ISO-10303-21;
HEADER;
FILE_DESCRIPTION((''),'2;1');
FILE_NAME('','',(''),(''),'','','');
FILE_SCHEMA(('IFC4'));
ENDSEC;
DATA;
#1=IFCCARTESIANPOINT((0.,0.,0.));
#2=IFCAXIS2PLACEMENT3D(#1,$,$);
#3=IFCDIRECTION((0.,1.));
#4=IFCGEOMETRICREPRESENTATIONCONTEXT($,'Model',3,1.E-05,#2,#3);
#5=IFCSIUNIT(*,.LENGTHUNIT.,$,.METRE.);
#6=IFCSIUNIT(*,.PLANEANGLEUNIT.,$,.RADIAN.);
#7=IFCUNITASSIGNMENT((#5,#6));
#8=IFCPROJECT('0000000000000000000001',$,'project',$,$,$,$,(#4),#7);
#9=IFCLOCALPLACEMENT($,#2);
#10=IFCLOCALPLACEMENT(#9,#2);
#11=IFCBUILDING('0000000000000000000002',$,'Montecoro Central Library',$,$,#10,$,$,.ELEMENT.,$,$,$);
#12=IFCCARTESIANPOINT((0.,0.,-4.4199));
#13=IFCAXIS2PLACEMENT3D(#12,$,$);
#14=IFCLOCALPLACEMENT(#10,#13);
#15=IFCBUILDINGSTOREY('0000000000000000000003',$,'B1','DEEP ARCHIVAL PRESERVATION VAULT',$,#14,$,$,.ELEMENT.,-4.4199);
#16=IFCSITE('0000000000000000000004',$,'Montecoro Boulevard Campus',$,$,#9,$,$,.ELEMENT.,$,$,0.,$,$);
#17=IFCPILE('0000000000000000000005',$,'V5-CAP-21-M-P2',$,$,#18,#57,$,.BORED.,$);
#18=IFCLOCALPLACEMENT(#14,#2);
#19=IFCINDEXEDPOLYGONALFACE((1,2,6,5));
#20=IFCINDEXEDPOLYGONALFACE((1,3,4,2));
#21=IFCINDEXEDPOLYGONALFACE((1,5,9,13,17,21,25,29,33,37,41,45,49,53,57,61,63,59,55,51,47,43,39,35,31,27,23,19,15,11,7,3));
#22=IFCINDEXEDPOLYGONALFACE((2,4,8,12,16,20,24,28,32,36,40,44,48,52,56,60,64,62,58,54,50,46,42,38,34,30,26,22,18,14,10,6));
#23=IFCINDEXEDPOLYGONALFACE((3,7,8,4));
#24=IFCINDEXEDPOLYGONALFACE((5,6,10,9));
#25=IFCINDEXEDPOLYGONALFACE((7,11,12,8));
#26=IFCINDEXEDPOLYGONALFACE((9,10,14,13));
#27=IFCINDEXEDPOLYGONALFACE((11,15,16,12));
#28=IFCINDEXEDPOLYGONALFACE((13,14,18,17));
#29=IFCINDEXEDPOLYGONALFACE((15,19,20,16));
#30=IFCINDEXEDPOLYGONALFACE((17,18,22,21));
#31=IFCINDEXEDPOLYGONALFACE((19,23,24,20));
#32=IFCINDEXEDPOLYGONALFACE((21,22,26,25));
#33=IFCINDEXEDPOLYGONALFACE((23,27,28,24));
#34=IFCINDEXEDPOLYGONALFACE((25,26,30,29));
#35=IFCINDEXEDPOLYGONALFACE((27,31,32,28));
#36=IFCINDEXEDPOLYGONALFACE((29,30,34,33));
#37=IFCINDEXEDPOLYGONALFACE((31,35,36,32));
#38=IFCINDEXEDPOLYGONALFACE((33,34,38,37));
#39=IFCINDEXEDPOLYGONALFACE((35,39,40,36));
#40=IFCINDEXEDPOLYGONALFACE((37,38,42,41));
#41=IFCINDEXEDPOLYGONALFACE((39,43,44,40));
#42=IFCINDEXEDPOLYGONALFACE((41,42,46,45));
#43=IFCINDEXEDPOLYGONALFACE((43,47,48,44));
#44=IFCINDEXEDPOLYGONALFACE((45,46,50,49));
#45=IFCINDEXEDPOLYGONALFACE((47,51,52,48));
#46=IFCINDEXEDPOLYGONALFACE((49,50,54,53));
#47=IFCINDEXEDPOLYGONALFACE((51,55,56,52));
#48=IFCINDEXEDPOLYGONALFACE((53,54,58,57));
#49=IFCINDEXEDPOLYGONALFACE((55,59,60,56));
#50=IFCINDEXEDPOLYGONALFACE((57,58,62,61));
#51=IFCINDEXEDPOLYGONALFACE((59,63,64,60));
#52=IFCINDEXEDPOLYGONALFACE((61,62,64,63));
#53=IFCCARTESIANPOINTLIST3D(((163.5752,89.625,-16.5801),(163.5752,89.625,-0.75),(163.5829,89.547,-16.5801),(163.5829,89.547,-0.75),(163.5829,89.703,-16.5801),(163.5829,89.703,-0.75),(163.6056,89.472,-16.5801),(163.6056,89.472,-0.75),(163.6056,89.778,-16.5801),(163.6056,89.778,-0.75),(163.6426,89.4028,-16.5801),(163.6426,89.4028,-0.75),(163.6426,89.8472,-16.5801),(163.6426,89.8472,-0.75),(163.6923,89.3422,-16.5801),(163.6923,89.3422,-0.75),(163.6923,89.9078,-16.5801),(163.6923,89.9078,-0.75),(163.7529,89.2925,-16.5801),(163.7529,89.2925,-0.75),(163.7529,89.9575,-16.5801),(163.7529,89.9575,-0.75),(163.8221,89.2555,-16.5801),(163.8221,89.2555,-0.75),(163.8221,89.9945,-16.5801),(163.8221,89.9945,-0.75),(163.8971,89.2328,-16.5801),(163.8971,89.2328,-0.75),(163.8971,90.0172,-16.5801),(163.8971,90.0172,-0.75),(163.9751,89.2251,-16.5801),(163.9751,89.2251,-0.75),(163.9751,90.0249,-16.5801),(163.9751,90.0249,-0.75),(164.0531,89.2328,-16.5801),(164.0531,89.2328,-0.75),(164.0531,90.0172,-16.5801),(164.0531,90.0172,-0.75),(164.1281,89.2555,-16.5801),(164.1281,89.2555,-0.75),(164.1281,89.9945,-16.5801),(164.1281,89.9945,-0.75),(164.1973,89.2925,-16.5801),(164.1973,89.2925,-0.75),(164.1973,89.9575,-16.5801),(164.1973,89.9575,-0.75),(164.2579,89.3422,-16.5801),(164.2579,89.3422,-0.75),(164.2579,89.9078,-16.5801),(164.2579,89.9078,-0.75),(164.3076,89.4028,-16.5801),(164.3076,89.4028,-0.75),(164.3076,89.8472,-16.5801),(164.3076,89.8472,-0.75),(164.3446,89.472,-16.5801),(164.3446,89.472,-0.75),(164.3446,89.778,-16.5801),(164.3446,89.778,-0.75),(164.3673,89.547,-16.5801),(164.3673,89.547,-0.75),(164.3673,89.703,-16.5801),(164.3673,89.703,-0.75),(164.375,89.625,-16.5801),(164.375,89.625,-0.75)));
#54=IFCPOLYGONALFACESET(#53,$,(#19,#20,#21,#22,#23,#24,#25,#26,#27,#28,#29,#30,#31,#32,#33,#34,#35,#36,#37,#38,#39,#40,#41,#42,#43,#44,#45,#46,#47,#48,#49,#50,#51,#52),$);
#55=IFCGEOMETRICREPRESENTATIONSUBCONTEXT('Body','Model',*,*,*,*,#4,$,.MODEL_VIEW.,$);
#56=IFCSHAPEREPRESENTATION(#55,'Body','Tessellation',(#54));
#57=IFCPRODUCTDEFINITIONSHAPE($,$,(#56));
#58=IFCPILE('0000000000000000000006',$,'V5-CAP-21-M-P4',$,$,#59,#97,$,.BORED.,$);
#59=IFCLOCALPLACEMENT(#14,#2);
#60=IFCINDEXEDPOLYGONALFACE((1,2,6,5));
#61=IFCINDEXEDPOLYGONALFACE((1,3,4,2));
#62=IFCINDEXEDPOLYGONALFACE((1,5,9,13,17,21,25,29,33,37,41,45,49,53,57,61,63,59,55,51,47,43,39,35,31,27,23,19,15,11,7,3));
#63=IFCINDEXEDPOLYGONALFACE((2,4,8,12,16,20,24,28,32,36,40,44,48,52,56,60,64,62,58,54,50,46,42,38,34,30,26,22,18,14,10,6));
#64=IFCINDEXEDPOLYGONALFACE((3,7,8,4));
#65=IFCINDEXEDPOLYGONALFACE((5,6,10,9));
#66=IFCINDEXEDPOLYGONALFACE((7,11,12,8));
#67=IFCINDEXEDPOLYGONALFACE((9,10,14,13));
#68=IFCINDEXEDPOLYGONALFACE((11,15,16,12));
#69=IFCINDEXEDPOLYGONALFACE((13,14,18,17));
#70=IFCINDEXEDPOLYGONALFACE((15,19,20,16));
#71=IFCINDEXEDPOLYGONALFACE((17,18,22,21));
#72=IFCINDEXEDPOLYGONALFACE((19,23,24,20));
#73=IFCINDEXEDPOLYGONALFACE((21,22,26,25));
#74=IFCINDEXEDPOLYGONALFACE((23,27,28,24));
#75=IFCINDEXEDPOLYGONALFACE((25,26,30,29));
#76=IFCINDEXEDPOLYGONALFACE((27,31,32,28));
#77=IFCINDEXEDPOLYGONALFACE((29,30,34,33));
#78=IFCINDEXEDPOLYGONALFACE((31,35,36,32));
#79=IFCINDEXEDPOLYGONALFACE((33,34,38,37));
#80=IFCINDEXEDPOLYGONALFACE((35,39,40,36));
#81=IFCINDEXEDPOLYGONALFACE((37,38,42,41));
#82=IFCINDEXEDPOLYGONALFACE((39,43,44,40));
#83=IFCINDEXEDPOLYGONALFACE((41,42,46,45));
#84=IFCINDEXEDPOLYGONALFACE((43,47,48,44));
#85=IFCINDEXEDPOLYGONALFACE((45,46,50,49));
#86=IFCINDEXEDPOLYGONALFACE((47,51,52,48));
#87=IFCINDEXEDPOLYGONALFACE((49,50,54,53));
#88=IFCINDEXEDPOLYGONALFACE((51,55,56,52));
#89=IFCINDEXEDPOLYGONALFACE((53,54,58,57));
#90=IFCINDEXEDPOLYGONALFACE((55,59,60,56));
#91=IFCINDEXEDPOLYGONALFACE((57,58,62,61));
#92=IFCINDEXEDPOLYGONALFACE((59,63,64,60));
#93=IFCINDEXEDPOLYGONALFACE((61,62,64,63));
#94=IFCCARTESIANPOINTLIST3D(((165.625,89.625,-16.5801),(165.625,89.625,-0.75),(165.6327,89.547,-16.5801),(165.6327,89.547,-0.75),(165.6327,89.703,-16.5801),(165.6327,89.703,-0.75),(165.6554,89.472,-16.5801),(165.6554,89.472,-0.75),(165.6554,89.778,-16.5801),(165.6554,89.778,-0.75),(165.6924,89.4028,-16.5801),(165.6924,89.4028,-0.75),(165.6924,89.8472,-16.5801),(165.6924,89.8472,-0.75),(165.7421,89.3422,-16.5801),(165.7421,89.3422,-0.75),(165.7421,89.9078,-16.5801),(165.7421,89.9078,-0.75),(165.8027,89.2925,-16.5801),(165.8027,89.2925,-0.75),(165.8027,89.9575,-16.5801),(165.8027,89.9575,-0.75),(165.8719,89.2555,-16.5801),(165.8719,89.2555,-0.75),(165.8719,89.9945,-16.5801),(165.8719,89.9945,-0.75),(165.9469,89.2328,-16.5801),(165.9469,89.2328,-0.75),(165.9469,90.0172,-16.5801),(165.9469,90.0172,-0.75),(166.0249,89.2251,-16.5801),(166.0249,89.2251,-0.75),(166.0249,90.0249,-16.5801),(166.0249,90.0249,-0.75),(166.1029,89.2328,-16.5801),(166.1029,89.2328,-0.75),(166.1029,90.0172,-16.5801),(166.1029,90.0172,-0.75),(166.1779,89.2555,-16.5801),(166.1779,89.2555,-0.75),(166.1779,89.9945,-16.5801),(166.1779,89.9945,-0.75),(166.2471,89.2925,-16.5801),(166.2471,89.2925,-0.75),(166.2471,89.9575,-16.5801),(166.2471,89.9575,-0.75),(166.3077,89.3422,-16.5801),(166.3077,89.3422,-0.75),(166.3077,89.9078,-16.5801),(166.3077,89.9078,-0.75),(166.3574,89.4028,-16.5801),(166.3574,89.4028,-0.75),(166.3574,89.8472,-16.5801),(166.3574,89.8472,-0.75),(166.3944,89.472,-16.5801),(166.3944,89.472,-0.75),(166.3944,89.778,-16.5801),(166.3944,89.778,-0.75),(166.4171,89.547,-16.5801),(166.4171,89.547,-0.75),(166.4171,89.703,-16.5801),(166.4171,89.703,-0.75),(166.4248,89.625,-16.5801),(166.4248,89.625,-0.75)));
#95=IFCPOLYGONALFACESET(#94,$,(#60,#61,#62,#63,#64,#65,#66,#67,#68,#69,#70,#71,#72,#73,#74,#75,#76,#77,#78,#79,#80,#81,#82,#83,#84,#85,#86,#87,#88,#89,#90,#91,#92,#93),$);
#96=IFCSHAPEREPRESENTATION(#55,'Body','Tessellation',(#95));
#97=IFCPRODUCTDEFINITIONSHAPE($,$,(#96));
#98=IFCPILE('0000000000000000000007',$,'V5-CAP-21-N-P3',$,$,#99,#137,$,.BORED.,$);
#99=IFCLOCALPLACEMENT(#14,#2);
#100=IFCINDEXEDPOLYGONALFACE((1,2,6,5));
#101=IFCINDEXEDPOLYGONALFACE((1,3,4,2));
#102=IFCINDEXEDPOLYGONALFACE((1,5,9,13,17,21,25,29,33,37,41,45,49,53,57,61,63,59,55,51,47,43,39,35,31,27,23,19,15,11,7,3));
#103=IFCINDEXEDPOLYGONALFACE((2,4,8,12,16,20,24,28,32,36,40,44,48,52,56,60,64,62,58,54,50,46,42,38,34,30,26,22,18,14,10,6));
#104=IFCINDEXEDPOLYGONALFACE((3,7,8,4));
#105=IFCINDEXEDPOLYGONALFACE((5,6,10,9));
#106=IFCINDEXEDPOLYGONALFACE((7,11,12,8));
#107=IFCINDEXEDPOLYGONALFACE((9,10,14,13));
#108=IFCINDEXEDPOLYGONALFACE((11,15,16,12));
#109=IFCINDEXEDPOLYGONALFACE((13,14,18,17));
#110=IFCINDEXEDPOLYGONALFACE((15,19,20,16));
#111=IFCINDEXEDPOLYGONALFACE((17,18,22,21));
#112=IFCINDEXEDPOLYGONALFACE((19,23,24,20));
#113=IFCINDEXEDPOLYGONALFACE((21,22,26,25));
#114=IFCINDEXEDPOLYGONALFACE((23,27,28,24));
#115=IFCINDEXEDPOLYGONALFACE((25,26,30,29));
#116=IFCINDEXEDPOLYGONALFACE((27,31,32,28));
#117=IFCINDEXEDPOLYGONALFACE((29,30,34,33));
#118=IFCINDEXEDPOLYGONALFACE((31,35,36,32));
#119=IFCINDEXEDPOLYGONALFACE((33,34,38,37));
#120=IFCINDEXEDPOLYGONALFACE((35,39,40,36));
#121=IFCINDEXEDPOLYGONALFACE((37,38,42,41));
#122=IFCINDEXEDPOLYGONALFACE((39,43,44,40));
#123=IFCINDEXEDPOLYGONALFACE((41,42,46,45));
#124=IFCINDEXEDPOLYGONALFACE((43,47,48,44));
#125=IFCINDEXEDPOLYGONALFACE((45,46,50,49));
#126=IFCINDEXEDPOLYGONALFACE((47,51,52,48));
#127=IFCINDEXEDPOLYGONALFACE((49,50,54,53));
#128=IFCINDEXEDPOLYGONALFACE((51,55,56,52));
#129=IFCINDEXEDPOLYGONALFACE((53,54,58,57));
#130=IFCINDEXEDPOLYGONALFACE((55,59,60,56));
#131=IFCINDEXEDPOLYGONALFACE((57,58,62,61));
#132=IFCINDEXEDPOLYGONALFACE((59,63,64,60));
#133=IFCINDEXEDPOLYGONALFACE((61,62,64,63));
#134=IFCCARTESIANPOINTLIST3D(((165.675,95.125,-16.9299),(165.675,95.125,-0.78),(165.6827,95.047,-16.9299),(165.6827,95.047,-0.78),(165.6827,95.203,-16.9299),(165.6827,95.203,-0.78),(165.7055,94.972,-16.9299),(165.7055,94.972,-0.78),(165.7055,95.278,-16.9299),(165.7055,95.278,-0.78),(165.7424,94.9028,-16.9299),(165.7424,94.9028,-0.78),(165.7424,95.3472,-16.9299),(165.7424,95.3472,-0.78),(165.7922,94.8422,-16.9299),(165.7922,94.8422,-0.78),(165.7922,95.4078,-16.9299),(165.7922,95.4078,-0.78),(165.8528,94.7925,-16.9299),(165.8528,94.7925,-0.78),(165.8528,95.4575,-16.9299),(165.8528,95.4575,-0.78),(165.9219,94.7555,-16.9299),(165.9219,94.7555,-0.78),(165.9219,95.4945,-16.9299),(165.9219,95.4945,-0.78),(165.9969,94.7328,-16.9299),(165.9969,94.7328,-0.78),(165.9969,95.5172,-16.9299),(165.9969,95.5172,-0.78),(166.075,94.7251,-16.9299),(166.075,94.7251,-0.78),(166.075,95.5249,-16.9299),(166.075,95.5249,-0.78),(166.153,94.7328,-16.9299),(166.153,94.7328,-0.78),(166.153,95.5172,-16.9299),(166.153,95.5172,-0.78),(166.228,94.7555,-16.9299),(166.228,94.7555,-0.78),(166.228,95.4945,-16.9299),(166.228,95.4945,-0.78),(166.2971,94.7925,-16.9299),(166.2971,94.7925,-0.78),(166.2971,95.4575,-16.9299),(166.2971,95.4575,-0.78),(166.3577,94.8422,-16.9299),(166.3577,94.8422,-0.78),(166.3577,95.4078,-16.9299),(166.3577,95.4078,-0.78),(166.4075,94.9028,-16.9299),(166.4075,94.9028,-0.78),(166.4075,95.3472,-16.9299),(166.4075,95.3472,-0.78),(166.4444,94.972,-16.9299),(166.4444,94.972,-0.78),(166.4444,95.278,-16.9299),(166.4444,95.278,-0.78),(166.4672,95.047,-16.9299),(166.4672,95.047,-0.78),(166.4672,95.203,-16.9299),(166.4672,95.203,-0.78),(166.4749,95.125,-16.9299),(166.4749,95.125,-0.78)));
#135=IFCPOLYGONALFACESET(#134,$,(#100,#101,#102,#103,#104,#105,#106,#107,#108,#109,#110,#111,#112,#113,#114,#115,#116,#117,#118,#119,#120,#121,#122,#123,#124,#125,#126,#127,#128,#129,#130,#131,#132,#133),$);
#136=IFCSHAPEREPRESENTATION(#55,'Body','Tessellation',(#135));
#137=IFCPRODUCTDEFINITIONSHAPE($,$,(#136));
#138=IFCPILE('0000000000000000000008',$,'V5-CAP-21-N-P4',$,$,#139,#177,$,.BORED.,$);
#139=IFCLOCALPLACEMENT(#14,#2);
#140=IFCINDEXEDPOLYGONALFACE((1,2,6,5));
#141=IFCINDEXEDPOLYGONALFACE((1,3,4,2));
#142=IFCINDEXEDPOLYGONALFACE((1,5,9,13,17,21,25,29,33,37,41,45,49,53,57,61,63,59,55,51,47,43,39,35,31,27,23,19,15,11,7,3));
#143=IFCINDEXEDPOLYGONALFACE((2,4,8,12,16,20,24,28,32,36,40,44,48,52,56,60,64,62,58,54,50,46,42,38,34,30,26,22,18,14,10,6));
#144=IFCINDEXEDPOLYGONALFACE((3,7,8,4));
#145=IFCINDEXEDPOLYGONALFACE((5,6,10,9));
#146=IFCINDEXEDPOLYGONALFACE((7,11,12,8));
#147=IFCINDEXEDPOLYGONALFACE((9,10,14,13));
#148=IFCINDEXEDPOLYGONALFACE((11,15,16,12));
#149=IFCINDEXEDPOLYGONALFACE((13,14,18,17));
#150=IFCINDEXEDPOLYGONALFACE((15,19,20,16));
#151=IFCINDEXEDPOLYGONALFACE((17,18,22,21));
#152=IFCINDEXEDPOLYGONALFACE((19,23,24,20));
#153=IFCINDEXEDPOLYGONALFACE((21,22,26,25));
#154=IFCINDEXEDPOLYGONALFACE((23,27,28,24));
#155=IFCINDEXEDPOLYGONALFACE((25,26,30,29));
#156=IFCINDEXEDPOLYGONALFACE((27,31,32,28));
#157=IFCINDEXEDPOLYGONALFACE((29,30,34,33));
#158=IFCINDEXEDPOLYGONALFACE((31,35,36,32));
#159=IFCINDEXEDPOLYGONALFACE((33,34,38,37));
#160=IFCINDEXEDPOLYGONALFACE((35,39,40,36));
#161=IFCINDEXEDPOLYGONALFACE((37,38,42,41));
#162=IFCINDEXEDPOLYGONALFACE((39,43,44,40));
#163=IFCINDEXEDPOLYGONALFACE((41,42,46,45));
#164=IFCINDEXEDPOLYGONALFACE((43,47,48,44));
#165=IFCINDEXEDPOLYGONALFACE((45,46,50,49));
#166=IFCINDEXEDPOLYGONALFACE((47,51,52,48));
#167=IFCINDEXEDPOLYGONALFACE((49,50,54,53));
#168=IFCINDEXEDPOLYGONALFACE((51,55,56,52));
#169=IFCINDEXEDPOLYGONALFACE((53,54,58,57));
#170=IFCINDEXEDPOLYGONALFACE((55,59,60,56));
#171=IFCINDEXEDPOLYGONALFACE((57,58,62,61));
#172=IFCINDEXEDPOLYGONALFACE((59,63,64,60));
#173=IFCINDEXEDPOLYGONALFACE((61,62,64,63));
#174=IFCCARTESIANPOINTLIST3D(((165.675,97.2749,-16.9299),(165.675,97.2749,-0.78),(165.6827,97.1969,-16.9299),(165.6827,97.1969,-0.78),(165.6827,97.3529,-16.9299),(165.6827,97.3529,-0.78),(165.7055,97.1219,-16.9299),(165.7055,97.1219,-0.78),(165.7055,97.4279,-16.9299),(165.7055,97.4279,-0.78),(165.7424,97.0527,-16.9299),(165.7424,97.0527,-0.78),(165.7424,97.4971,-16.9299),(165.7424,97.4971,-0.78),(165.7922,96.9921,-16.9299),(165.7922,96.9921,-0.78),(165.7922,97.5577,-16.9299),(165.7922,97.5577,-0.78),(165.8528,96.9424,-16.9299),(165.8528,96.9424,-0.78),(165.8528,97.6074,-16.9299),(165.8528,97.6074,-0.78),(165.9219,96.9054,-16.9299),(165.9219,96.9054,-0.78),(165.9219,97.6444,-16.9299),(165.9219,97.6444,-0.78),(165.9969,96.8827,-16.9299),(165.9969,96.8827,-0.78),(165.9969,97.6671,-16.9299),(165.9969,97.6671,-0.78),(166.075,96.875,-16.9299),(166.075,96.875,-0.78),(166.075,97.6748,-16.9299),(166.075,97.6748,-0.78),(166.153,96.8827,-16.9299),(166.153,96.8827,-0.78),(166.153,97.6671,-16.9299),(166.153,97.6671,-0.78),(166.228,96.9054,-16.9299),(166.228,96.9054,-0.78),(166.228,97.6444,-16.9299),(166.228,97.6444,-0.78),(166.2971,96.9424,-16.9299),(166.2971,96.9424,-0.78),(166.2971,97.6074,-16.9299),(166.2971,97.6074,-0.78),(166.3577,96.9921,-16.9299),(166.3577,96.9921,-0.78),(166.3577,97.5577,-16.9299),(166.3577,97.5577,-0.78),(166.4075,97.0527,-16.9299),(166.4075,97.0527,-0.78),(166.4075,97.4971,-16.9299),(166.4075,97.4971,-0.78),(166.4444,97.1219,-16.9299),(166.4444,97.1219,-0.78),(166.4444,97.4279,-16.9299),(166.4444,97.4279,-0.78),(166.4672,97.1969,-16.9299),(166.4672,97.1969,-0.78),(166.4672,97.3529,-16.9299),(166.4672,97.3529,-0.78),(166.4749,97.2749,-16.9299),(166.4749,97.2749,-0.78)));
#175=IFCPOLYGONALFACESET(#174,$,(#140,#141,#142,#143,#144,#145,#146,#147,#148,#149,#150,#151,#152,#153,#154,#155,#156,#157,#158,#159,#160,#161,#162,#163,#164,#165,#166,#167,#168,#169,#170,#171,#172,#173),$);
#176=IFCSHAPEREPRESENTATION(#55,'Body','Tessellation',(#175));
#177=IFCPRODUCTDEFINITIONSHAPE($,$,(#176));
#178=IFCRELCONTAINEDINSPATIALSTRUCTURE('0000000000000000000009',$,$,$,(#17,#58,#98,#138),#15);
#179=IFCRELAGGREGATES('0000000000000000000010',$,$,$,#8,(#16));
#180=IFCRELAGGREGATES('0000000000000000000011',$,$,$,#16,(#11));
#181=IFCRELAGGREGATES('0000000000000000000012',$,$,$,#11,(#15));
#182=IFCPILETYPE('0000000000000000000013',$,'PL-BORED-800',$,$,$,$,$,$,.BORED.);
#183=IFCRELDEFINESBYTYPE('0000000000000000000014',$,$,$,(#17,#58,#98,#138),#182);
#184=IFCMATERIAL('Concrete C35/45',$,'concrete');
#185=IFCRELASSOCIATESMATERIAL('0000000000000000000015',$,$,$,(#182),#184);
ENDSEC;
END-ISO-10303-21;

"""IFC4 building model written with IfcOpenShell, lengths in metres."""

from ifc_helpers import new_model, si_unit, direction, frame, origin, origin_2d, place, context, subcontext, project, spatial, circle, extrude, material, material_profile, profile_set, type_object, element, save


model = new_model("IFC4")

# Units and contexts
model_context = context("Model", 3, precision=1e-05, world=origin(), true_north=direction((0.0, 1.0)))
body_context = subcontext(model_context, "Body", "Model", "MODEL_VIEW")
ifc_project = project(units=[si_unit("LENGTHUNIT", "METRE"), si_unit("PLANEANGLEUNIT", "RADIAN")], contexts=[model_context])

# Site, building, storey
site_placement = place(None, origin())
site = spatial("IfcSite", under=ifc_project, at=site_placement, Name="Montecoro Boulevard Campus", CompositionType="ELEMENT", RefElevation=0.0)
building_placement = place(site_placement, origin())
building = spatial("IfcBuilding", under=site, at=building_placement, Name="Montecoro Central Library", CompositionType="ELEMENT")
storey_placement = place(building_placement, frame((0.0, 0.0, -4.4199)))
storey = spatial("IfcBuildingStorey", under=building, at=storey_placement, Name="B1", Description="DEEP ARCHIVAL PRESERVATION VAULT", CompositionType="ELEMENT", Elevation=-4.4199)

# Shared definitions
ifc_material_1 = material(Name="Concrete C35/45", Category="concrete")

# Piles
ifc_material_profile_1 = material_profile(ifc_material_1, circle(Radius=0.3999, at=origin_2d()), Name="PILE D800")
ifc_profile_set_1 = profile_set([ifc_material_profile_1], Name="Concrete C35/45")
pile_type_1 = type_object("IfcPileType", Name="PL-BORED-800", PredefinedType="BORED", material=ifc_profile_set_1)
for number, where, z_axis, x_axis, name in (
    (1, (163.9751, 89.625, -0.75), (0.0, 0.0, -1.0), (1.0, 0.0, 0.0), "V5-CAP-21-M-P2"),
    (2, (166.0249, 89.625, -0.75), (0.0, 0.0, -1.0), (1.0, 0.0, 0.0), "V5-CAP-21-M-P4"),
):
    element("IfcPile", number, at=place(storey_placement, frame(where, z_axis=z_axis, x_axis=x_axis)), inside=storey, type_object=pile_type_1, Name=name, PredefinedType="BORED", context=body_context, shape_type="SweptSolid", body=[
        extrude(circle(Radius=0.3999, at=origin_2d()), origin(), (0.0, 0.0, 1.0), 15.8301),
    ])
for number, where, z_axis, x_axis, name in (
    (3, (166.075, 95.125, -0.78), (0.0, 0.0, -1.0), (1.0, 0.0, 0.0), "V5-CAP-21-N-P3"),
    (4, (166.075, 97.2749, -0.78), (0.0, 0.0, -1.0), (1.0, 0.0, 0.0), "V5-CAP-21-N-P4"),
):
    element("IfcPile", number, at=place(storey_placement, frame(where, z_axis=z_axis, x_axis=x_axis)), inside=storey, type_object=pile_type_1, Name=name, PredefinedType="BORED", context=body_context, shape_type="SweptSolid", body=[
        extrude(circle(Radius=0.3999, at=origin_2d()), origin(), (0.0, 0.0, 1.0), 16.1499),
    ])

save(model, "model.ifc")
